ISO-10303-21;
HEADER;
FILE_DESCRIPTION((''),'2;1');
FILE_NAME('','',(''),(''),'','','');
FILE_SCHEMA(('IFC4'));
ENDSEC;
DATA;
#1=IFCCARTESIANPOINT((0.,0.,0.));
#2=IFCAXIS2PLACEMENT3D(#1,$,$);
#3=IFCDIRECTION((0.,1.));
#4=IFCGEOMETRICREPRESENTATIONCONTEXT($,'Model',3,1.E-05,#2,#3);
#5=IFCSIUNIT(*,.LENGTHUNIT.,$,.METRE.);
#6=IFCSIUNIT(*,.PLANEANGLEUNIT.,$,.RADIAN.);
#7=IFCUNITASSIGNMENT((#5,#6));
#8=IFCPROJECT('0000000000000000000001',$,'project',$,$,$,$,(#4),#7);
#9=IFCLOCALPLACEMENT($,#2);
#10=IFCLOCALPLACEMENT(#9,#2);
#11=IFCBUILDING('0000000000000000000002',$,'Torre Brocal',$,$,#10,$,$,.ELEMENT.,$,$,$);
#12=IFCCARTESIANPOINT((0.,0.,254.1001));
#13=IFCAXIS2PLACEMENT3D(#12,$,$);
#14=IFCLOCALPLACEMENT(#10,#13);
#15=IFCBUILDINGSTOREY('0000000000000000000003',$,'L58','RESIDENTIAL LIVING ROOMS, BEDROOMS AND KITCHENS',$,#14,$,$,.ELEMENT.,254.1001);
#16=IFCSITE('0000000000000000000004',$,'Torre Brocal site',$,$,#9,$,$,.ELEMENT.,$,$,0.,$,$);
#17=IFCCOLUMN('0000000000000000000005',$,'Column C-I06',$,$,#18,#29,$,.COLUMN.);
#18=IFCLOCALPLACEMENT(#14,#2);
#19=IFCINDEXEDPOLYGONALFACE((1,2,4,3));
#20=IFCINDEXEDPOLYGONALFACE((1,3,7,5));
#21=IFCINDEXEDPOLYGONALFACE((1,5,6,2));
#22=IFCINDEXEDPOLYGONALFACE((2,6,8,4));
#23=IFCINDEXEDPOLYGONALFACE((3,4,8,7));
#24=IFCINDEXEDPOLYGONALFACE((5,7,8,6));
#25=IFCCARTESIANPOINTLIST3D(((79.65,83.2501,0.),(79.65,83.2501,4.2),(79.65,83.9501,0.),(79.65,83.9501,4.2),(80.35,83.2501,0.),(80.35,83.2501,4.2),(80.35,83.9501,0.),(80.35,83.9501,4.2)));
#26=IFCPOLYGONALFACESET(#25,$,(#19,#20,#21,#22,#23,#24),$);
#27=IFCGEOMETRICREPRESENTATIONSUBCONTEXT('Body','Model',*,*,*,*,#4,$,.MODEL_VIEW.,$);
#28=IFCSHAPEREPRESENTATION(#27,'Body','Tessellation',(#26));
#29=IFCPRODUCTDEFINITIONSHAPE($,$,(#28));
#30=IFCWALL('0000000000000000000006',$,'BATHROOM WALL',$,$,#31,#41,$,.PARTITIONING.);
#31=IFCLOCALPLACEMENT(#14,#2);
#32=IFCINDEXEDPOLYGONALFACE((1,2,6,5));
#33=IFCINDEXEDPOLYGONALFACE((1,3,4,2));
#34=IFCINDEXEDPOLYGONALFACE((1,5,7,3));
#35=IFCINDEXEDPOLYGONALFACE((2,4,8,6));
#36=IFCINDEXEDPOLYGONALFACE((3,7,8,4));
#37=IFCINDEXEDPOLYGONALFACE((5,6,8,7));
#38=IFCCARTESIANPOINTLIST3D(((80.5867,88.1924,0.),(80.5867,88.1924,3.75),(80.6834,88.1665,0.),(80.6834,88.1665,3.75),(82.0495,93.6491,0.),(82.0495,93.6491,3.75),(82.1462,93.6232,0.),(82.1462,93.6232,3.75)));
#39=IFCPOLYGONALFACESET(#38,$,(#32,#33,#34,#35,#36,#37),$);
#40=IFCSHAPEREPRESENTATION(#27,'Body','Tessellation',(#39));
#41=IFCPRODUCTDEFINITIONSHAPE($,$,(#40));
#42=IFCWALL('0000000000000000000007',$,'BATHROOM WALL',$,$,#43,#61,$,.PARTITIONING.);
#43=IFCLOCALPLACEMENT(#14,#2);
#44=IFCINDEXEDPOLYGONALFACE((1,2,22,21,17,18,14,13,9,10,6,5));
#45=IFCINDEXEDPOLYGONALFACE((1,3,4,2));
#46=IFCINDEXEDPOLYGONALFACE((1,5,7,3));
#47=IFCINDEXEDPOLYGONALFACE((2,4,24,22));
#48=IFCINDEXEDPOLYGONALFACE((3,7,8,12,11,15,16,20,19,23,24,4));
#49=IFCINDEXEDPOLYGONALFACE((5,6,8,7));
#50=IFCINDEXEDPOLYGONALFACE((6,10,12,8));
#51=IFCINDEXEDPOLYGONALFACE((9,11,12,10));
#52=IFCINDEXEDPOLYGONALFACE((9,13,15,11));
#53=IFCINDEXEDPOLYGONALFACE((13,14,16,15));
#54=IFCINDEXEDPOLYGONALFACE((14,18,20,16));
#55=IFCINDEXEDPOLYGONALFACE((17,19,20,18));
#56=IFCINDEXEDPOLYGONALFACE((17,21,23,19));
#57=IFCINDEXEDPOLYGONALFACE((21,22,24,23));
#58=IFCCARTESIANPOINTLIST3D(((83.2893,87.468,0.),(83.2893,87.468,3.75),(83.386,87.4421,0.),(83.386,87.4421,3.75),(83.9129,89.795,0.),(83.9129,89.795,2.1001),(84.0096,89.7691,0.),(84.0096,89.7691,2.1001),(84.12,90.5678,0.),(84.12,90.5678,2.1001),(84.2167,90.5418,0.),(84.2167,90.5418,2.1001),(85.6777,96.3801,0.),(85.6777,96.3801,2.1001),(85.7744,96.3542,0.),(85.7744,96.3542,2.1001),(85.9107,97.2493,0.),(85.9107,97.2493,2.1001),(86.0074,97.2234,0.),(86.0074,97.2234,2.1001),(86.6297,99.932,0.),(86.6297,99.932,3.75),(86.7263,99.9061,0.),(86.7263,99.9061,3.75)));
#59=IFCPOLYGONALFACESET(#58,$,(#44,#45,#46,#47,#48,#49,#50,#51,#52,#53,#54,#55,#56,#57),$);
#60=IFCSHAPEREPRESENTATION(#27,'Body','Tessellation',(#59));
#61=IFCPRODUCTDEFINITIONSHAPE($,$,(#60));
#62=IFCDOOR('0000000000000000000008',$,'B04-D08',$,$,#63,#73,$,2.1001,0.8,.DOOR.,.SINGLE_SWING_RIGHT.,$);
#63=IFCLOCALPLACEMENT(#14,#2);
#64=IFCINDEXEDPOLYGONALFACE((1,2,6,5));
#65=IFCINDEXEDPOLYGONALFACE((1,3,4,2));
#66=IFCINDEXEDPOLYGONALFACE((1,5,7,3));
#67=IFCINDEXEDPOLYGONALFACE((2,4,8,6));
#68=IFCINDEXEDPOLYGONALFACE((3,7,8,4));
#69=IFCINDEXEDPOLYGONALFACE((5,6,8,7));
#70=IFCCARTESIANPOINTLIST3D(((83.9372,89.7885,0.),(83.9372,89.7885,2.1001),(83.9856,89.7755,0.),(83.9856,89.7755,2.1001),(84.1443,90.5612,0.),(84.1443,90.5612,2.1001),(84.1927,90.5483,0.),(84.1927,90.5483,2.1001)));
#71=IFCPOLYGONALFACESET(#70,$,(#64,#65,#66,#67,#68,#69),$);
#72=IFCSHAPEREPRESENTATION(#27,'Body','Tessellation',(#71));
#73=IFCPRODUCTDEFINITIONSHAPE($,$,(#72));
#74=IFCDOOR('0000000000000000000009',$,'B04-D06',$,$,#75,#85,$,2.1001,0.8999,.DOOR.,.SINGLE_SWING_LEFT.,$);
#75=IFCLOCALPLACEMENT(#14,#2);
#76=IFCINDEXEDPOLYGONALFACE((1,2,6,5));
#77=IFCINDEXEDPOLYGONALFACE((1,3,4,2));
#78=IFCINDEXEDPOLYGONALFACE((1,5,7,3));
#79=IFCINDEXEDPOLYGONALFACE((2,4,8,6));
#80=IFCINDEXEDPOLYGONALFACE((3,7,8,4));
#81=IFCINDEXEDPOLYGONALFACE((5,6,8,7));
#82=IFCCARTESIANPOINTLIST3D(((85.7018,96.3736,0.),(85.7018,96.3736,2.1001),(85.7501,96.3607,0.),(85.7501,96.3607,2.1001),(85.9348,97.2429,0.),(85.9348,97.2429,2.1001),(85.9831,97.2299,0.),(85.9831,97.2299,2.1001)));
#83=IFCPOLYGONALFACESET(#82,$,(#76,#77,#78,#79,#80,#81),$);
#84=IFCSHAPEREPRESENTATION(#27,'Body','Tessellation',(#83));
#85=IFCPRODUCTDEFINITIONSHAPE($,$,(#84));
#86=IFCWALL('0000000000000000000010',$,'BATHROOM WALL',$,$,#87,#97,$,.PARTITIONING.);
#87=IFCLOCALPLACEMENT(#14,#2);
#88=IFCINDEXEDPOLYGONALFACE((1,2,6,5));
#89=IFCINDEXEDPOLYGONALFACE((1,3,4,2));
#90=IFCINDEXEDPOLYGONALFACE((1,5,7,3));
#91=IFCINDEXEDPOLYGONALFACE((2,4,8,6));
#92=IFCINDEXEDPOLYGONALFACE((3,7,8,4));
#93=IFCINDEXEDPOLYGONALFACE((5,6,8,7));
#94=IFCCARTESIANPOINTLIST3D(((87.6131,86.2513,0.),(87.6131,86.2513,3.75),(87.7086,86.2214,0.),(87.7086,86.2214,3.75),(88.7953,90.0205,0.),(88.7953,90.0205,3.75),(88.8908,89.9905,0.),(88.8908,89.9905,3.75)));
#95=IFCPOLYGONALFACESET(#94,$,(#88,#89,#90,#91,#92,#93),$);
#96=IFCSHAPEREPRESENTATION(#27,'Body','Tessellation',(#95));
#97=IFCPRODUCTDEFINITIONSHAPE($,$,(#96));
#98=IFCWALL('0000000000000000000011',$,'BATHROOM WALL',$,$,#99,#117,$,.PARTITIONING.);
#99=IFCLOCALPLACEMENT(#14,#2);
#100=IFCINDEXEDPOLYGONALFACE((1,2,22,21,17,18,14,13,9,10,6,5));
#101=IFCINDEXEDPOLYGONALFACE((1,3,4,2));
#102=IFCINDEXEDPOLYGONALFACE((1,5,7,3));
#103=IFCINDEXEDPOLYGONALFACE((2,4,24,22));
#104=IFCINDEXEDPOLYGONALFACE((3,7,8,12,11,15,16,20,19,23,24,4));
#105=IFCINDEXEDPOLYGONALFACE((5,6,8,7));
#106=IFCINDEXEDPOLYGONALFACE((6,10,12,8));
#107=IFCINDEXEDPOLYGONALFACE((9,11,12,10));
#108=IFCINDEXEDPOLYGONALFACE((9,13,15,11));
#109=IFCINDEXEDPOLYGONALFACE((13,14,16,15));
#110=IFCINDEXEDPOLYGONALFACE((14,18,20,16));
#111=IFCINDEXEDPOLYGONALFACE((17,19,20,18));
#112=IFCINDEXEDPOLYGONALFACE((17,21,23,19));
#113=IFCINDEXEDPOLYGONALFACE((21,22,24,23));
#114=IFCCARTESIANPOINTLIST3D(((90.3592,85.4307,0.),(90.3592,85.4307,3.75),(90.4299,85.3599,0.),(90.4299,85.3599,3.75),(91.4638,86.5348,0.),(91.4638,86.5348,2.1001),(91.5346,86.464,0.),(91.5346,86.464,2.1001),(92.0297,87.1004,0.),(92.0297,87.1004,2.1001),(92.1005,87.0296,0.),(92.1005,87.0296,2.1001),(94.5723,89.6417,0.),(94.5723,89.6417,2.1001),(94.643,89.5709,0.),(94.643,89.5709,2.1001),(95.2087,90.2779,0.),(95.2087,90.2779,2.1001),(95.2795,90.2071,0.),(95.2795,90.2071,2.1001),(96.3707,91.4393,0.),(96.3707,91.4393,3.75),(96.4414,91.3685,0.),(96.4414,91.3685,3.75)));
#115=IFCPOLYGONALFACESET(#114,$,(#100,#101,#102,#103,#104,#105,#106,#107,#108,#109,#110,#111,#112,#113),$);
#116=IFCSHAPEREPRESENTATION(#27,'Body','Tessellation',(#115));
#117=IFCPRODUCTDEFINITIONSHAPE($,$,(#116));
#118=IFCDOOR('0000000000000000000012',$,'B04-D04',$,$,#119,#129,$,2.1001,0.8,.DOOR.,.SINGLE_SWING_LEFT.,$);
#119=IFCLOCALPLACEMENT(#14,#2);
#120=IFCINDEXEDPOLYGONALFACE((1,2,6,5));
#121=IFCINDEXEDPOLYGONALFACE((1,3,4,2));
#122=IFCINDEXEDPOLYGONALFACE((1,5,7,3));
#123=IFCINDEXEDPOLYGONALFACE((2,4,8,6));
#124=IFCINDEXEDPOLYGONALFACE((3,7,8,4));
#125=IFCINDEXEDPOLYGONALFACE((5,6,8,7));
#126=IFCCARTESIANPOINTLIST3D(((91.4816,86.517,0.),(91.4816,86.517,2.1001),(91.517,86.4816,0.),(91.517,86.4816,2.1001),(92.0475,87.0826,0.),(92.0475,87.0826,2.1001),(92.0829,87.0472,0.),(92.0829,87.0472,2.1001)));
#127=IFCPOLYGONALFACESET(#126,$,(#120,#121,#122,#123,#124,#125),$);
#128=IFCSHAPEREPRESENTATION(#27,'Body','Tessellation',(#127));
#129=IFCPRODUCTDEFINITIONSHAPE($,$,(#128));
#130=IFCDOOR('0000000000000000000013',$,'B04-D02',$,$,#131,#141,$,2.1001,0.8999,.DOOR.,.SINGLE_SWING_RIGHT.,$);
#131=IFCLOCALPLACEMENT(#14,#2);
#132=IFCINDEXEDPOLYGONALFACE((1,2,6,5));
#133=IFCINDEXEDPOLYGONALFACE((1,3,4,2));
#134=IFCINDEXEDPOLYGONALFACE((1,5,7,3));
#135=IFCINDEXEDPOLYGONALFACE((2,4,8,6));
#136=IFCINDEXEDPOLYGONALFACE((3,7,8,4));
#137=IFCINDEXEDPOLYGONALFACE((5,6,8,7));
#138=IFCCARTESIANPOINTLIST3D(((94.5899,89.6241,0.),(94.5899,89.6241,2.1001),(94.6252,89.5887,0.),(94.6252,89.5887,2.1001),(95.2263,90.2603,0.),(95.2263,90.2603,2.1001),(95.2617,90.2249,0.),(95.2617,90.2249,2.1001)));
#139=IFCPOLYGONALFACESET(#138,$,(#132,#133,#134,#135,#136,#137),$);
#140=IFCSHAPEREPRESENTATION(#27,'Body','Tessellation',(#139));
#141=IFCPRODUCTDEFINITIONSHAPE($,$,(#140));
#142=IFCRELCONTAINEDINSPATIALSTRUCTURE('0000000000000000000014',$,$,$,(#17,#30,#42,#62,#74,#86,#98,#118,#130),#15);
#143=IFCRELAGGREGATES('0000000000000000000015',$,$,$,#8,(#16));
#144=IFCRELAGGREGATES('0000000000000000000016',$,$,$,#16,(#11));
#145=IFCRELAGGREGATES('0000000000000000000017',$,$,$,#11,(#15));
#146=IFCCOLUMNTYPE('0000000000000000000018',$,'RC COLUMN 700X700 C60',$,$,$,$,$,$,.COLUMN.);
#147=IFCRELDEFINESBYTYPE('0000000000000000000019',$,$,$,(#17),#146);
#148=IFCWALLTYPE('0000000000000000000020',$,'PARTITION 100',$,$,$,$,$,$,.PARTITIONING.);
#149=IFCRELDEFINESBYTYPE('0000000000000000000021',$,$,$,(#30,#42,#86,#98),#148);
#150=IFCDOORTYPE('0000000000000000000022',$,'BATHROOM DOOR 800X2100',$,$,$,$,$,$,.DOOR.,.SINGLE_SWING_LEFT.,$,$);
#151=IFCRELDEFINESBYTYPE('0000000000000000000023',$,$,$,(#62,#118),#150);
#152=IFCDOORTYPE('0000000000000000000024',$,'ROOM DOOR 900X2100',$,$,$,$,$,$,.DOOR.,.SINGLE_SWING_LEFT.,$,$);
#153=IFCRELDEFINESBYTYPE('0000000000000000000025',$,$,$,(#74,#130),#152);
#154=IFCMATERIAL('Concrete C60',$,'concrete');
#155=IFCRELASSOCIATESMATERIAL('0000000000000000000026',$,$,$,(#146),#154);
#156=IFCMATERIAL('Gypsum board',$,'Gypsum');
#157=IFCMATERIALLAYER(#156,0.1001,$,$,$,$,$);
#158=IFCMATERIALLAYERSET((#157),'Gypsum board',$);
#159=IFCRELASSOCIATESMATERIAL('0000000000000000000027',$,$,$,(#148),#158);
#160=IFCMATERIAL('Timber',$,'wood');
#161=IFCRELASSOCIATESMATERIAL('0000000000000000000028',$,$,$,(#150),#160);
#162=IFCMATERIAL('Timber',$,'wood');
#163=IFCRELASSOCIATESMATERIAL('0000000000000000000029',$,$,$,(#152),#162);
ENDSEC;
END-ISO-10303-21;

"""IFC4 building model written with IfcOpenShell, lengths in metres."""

from ifc_helpers import new_model, si_unit, direction, frame, frame_2d, origin, origin_2d, place, context, subcontext, project, spatial, rectangle, extrude, material, layer, layer_set, material_profile, profile_set, type_object, element, fill, save


model = new_model("IFC4")

# Units and contexts
model_context = context("Model", 3, precision=1e-05, world=origin(), true_north=direction((0.0, 1.0)))
body_context = subcontext(model_context, "Body", "Model", "MODEL_VIEW")
ifc_project = project(units=[si_unit("LENGTHUNIT", "METRE"), si_unit("PLANEANGLEUNIT", "RADIAN")], contexts=[model_context])

# Site, building, storey
site_placement = place(None, origin())
site = spatial("IfcSite", under=ifc_project, at=site_placement, Name="Torre Brocal site", CompositionType="ELEMENT", RefElevation=0.0)
building_placement = place(site_placement, origin())
building = spatial("IfcBuilding", under=site, at=building_placement, Name="Torre Brocal", CompositionType="ELEMENT")
storey_placement = place(building_placement, frame((0.0, 0.0, 254.1001)))
storey = spatial("IfcBuildingStorey", under=building, at=storey_placement, Name="L58", Description="RESIDENTIAL LIVING ROOMS, BEDROOMS AND KITCHENS", CompositionType="ELEMENT", Elevation=254.1001)

# Column
ifc_material_1 = material(Name="Concrete C60", Category="concrete")
ifc_material_profile = material_profile(ifc_material_1, rectangle(XDim=0.7, YDim=0.7, at=origin_2d()), Name="RC 700X700")
ifc_profile_set = profile_set([ifc_material_profile], Name="Concrete C60")
column_type = type_object("IfcColumnType", Name="RC COLUMN 700X700 C60", PredefinedType="COLUMN", material=ifc_profile_set)
column_placement = place(storey_placement, frame((80.0, 83.6001, 0.0), z_axis=(0.0, 0.0, 1.0), x_axis=(0.0, 1.0, 0.0)))
element("IfcColumn", 1, at=column_placement, inside=storey, type_object=column_type, Name="Column C-I06", PredefinedType="COLUMN", context=body_context, shape_type="SweptSolid", body=[
    extrude(rectangle(XDim=0.7, YDim=0.7, at=origin_2d()), origin(), (0.0, 0.0, 1.0), 4.2),
])

# Wall
ifc_material_2 = material(Name="Gypsum board", Category="Gypsum")
ifc_layer_1 = layer(ifc_material_2, 0.1001)
ifc_layer_set_1 = layer_set([ifc_layer_1], Name="Gypsum board")
wall_type_1 = type_object("IfcWallType", Name="PARTITION 100", PredefinedType="PARTITIONING", material=ifc_layer_set_1)
wall_1_placement = place(storey_placement, frame((80.635, 88.1794, 0.0), z_axis=(0.0, 0.0, 1.0), x_axis=(0.258943, 0.965893, 0.0)))
element("IfcWall", 2, at=wall_1_placement, inside=storey, type_object=wall_type_1, Name="BATHROOM WALL", PredefinedType="PARTITIONING", context=body_context, shape_type="SweptSolid", body=[
    extrude(rectangle(XDim=5.6494, YDim=0.1001, at=frame_2d((2.8247, 0.0))), origin(), (0.0, 0.0, 1.0), 3.75),
])

# Wall, openings, doors
wall_2_placement = place(storey_placement, frame((83.3376, 87.4551, 0.0), z_axis=(0.0, 0.0, 1.0), x_axis=(0.258866, 0.965913, 0.0)))
wall_2 = element("IfcWall", 3, at=wall_2_placement, inside=storey, type_object=wall_type_1, Name="BATHROOM WALL", PredefinedType="PARTITIONING", context=body_context, shape_type="SweptSolid", body=[
    extrude(rectangle(XDim=12.9038, YDim=0.1001, at=frame_2d((6.4519, 0.0))), origin(), (0.0, 0.0, 1.0), 3.75),
])
opening_1_placement = place(wall_2_placement, frame((9.2266, 0.0, 0.0)))
opening_1 = element("IfcOpeningElement", 4, at=opening_1_placement, cuts=wall_2, PredefinedType="OPENING", context=body_context, shape_type="SweptSolid", body=[
    extrude(rectangle(XDim=0.8999, YDim=2.1001, at=frame_2d((0.45, 1.05))), frame((0.0, 0.0601, 0.0), z_axis=(0.0, -1.0, 0.0), x_axis=(1.0, 0.0, 0.0)), (0.0, 0.0, 1.0), 0.1201),
])
opening_2_placement = place(wall_2_placement, frame((2.4092, 0.0, 0.0)))
opening_2 = element("IfcOpeningElement", 5, at=opening_2_placement, cuts=wall_2, PredefinedType="OPENING", context=body_context, shape_type="SweptSolid", body=[
    extrude(rectangle(XDim=0.8, YDim=2.1001, at=frame_2d((0.3999, 1.05))), frame((0.0, 0.0601, 0.0), z_axis=(0.0, -1.0, 0.0), x_axis=(1.0, 0.0, 0.0)), (0.0, 0.0, 1.0), 0.1201),
])
ifc_material_3 = material(Name="Timber", Category="wood")
door_type_1 = type_object("IfcDoorType", Name="BATHROOM DOOR 800X2100", OperationType="SINGLE_SWING_LEFT", PredefinedType="DOOR", material=ifc_material_3)
door_1_placement = place(opening_2_placement, origin())
door_1 = element("IfcDoor", 6, at=door_1_placement, inside=storey, type_object=door_type_1, Name="B04-D08", OperationType="SINGLE_SWING_RIGHT", OverallHeight=2.1001, OverallWidth=0.8, PredefinedType="DOOR", context=body_context, shape_type="SweptSolid", body=[
    extrude(rectangle(XDim=0.8, YDim=2.1001, at=frame_2d((0.3999, 1.05))), frame((0.0, 0.0249, 0.0), z_axis=(0.0, -1.0, 0.0), x_axis=(1.0, 0.0, 0.0)), (0.0, 0.0, 1.0), 0.05),
])
fill(opening_2, door_1)
ifc_material_4 = material(Name="Timber", Category="wood")
door_type_2 = type_object("IfcDoorType", Name="ROOM DOOR 900X2100", OperationType="SINGLE_SWING_LEFT", PredefinedType="DOOR", material=ifc_material_4)
door_2_placement = place(opening_1_placement, frame((0.8999, 0.0, 0.0), z_axis=(0.0, 0.0, 1.0), x_axis=(-1.0, 0.0, 0.0)))
door_2 = element("IfcDoor", 7, at=door_2_placement, inside=storey, type_object=door_type_2, Name="B04-D06", OperationType="SINGLE_SWING_LEFT", OverallHeight=2.1001, OverallWidth=0.8999, PredefinedType="DOOR", context=body_context, shape_type="SweptSolid", body=[
    extrude(rectangle(XDim=0.8999, YDim=2.1001, at=frame_2d((0.45, 1.05))), frame((0.0, 0.0249, 0.0), z_axis=(0.0, -1.0, 0.0), x_axis=(1.0, 0.0, 0.0)), (0.0, 0.0, 1.0), 0.05),
])
fill(opening_1, door_2)

# Wall
wall_3_placement = place(storey_placement, frame((87.6609, 86.2363, 0.0), z_axis=(0.0, 0.0, 1.0), x_axis=(0.299267, 0.954169, 0.0)))
element("IfcWall", 8, at=wall_3_placement, inside=storey, type_object=wall_type_1, Name="BATHROOM WALL", PredefinedType="PARTITIONING", context=body_context, shape_type="SweptSolid", body=[
    extrude(rectangle(XDim=3.9502, YDim=0.1001, at=frame_2d((1.9751, 0.0))), origin(), (0.0, 0.0, 1.0), 3.75),
])

# Wall, openings, doors
wall_4_placement = place(storey_placement, frame((90.3945, 85.3953, 0.0), z_axis=(0.0, 0.0, 1.0), x_axis=(0.707279, 0.706934, 0.0)))
wall_4 = element("IfcWall", 9, at=wall_4_placement, inside=storey, type_object=wall_type_1, Name="BATHROOM WALL", PredefinedType="PARTITIONING", context=body_context, shape_type="SweptSolid", body=[
    extrude(rectangle(XDim=8.4995, YDim=0.1001, at=frame_2d((4.2498, 0.0))), origin(), (0.0, 0.0, 1.0), 3.75),
])
opening_3_placement = place(wall_4_placement, frame((5.9568, 0.0, 0.0)))
opening_3 = element("IfcOpeningElement", 10, at=opening_3_placement, cuts=wall_4, PredefinedType="OPENING", context=body_context, shape_type="SweptSolid", body=[
    extrude(rectangle(XDim=0.8999, YDim=2.1001, at=frame_2d((0.45, 1.05))), frame((0.0, 0.0601, 0.0), z_axis=(0.0, -1.0, 0.0), x_axis=(1.0, 0.0, 0.0)), (0.0, 0.0, 1.0), 0.1201),
])
opening_4_placement = place(wall_4_placement, frame((1.562, 0.0, 0.0)))
opening_4 = element("IfcOpeningElement", 11, at=opening_4_placement, cuts=wall_4, PredefinedType="OPENING", context=body_context, shape_type="SweptSolid", body=[
    extrude(rectangle(XDim=0.8, YDim=2.1001, at=frame_2d((0.3999, 1.05))), frame((0.0, 0.0601, 0.0), z_axis=(0.0, -1.0, 0.0), x_axis=(1.0, 0.0, 0.0)), (0.0, 0.0, 1.0), 0.1201),
])
door_3_placement = place(opening_4_placement, origin())
door_3 = element("IfcDoor", 12, at=door_3_placement, inside=storey, type_object=door_type_1, Name="B04-D04", OperationType="SINGLE_SWING_LEFT", OverallHeight=2.1001, OverallWidth=0.8, PredefinedType="DOOR", context=body_context, shape_type="SweptSolid", body=[
    extrude(rectangle(XDim=0.8, YDim=2.1001, at=frame_2d((0.3999, 1.05))), frame((0.0, 0.0249, 0.0), z_axis=(0.0, -1.0, 0.0), x_axis=(1.0, 0.0, 0.0)), (0.0, 0.0, 1.0), 0.05),
])
fill(opening_4, door_3)
door_4_placement = place(opening_3_placement, frame((0.8999, 0.0, 0.0), z_axis=(0.0, 0.0, 1.0), x_axis=(-1.0, 0.0, 0.0)))
door_4 = element("IfcDoor", 13, at=door_4_placement, inside=storey, type_object=door_type_2, Name="B04-D02", OperationType="SINGLE_SWING_RIGHT", OverallHeight=2.1001, OverallWidth=0.8999, PredefinedType="DOOR", context=body_context, shape_type="SweptSolid", body=[
    extrude(rectangle(XDim=0.8999, YDim=2.1001, at=frame_2d((0.45, 1.05))), frame((0.0, 0.0249, 0.0), z_axis=(0.0, -1.0, 0.0), x_axis=(1.0, 0.0, 0.0)), (0.0, 0.0, 1.0), 0.05),
])
fill(opening_3, door_4)

save(model, "model.ifc")
